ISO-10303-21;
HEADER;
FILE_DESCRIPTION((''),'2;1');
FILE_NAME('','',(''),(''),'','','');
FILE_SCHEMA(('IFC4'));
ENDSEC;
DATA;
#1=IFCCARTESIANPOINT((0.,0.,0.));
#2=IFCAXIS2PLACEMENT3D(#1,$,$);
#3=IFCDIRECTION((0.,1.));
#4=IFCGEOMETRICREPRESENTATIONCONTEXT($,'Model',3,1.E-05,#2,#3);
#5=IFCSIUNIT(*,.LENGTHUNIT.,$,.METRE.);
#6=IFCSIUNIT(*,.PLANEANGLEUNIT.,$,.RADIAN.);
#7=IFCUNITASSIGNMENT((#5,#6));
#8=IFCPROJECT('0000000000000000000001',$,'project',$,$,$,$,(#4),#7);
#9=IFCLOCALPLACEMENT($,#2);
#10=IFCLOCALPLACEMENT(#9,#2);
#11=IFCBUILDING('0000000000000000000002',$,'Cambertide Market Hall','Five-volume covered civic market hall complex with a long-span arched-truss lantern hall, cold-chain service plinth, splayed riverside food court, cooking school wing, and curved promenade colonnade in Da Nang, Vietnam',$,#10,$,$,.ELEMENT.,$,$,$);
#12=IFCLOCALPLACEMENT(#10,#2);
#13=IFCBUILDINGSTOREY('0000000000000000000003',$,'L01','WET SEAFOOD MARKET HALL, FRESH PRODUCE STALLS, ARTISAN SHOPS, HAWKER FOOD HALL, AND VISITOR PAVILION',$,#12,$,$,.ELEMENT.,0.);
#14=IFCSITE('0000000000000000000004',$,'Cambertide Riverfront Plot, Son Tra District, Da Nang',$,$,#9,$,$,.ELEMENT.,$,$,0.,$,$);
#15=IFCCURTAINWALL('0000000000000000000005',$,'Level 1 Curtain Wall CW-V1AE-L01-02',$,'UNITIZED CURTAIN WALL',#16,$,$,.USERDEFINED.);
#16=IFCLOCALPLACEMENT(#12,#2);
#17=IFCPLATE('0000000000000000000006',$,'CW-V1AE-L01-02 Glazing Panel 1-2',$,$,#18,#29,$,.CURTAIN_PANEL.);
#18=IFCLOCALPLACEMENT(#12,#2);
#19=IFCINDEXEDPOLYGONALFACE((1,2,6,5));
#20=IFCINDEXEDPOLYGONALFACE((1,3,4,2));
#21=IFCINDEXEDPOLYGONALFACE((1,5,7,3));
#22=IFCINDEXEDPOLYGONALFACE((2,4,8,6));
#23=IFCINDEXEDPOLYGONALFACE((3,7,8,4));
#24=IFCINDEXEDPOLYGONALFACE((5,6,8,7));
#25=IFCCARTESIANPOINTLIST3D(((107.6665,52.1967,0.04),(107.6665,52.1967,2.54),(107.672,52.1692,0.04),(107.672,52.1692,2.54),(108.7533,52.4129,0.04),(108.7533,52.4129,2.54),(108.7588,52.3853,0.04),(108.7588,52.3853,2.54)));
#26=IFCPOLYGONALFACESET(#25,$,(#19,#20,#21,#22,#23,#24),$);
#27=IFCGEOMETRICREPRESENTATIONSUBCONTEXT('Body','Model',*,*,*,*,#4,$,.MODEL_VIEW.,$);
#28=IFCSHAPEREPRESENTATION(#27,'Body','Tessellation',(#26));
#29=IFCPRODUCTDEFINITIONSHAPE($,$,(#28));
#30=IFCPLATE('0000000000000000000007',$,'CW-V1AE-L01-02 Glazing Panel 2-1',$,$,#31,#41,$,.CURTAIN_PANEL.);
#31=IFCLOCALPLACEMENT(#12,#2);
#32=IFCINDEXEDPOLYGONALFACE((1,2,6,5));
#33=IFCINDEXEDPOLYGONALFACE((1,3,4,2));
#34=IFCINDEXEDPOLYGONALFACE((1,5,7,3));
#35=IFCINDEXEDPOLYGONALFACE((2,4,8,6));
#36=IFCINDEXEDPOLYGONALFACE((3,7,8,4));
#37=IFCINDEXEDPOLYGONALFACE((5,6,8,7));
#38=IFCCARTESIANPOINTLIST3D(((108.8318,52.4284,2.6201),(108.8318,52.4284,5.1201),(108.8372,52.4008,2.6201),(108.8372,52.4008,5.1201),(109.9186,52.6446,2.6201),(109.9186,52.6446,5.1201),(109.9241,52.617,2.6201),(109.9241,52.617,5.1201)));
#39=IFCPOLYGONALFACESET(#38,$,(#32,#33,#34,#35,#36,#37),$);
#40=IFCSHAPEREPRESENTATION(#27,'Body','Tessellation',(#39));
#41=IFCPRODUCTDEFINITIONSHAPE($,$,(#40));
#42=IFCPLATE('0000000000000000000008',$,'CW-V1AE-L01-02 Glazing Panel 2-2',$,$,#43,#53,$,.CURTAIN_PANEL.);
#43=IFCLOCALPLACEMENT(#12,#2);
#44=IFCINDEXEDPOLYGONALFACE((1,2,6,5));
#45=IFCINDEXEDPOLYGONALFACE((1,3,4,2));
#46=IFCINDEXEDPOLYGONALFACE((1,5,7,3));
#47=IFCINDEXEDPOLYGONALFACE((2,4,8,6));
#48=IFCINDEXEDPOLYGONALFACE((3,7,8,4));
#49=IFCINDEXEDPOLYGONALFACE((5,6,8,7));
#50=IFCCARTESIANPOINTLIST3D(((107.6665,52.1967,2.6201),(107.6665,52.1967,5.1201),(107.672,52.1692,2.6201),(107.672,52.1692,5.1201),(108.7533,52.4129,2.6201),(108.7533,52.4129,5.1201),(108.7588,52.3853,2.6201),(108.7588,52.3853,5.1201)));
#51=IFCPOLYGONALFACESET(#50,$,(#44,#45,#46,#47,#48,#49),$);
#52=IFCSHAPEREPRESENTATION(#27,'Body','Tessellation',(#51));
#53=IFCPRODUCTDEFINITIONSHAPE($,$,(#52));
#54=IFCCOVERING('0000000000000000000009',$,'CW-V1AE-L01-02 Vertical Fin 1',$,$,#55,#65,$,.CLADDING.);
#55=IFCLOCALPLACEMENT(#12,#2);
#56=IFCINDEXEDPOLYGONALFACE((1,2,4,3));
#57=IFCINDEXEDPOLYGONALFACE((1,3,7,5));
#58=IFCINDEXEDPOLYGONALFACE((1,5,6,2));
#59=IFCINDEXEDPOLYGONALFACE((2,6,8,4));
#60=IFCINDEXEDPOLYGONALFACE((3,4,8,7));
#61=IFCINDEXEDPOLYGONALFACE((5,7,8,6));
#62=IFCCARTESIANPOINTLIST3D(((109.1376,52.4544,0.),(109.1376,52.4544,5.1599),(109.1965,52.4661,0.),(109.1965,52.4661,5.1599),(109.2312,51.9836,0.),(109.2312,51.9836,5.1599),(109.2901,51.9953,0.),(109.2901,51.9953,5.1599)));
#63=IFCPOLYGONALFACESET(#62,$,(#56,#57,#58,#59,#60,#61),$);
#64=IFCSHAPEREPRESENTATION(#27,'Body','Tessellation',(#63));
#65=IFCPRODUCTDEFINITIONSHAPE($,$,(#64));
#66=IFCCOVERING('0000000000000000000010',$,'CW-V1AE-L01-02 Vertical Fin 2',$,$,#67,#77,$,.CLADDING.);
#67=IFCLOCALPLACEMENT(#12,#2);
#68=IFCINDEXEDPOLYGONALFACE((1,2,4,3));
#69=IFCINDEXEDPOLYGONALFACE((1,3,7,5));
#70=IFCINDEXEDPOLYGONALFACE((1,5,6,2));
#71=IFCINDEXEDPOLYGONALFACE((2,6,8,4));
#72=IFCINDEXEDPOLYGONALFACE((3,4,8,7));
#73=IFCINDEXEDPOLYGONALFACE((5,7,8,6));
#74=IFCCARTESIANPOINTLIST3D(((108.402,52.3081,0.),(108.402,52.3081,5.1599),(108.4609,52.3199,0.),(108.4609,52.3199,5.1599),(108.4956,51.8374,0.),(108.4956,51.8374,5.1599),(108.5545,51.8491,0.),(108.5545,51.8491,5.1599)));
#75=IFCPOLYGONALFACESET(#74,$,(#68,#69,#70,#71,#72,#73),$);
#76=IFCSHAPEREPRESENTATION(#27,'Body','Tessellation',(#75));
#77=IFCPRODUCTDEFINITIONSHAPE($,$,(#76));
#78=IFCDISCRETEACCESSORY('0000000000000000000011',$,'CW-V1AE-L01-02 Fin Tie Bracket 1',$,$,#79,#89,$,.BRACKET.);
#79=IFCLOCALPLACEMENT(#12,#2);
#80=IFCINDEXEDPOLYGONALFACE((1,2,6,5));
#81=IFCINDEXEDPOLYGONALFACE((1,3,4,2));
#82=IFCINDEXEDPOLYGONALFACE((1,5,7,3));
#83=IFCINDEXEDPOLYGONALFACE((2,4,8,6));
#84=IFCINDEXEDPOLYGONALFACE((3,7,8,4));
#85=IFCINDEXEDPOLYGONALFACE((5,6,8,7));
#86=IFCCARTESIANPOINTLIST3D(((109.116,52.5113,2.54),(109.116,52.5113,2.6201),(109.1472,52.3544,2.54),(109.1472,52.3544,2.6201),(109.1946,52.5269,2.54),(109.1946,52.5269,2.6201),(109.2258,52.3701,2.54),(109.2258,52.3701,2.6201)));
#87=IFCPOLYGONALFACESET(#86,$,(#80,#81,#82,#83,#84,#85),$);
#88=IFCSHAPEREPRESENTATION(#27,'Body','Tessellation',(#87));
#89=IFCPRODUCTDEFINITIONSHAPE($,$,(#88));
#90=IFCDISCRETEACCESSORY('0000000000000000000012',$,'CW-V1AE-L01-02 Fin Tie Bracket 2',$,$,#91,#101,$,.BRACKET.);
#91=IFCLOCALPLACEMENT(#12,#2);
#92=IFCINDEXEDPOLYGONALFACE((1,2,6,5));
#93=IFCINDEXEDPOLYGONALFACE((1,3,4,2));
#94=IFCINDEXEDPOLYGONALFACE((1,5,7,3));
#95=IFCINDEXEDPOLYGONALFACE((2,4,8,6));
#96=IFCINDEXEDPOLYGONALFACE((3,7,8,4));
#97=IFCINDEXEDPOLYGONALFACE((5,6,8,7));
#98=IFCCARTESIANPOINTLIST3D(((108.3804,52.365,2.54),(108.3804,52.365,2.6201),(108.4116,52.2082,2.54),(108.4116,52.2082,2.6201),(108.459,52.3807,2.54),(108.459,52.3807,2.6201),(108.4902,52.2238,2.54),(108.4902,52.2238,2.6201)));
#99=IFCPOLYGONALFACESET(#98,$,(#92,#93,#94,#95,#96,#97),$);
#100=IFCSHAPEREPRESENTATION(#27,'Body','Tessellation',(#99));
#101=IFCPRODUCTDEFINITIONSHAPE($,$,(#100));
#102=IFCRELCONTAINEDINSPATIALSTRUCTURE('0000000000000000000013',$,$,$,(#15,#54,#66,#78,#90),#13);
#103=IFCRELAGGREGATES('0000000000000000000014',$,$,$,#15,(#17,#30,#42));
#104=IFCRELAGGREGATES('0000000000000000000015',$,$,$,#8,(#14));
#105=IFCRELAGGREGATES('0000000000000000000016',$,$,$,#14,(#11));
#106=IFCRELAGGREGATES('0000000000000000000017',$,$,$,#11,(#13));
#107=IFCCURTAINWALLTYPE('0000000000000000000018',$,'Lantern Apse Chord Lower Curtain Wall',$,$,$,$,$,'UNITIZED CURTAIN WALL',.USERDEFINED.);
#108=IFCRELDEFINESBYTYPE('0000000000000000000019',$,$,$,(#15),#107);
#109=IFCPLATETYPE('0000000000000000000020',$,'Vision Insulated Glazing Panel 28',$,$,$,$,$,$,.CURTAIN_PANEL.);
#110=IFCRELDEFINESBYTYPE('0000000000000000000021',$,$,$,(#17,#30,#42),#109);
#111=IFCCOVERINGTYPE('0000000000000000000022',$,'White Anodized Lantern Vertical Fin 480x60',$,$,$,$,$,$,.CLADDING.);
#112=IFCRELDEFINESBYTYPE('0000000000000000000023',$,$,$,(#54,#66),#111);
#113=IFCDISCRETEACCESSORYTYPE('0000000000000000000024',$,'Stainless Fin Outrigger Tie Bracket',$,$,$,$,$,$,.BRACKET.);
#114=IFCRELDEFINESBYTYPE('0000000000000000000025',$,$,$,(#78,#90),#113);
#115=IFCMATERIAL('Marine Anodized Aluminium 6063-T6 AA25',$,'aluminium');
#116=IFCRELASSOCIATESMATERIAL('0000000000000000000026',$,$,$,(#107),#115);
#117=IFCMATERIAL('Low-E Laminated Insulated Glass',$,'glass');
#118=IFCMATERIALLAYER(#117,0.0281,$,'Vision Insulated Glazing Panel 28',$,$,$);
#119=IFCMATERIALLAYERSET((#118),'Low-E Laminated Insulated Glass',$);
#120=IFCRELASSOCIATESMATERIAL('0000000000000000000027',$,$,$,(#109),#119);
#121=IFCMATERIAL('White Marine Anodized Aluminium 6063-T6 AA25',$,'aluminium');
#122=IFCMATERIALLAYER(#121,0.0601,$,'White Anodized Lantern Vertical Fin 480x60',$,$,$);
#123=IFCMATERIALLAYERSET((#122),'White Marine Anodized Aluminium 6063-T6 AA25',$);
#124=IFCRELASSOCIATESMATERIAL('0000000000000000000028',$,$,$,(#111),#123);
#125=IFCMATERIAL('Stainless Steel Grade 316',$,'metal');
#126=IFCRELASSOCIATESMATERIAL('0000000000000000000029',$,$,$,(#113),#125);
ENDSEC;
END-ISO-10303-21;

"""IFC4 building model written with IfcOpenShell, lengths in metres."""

from ifc_helpers import new_model, si_unit, direction, frame, origin, origin_2d, place, context, subcontext, project, spatial, rectangle, extrude, material, layer, layer_set, type_object, element, aggregate, save


model = new_model("IFC4")

# Units and contexts
model_context = context("Model", 3, precision=1e-05, world=origin(), true_north=direction((0.0, 1.0)))
body_context = subcontext(model_context, "Body", "Model", "MODEL_VIEW")
ifc_project = project(units=[si_unit("LENGTHUNIT", "METRE"), si_unit("PLANEANGLEUNIT", "RADIAN")], contexts=[model_context])

# Site, building, storey
site_placement = place(None, origin())
site = spatial("IfcSite", under=ifc_project, at=site_placement, Name="Cambertide Riverfront Plot, Son Tra District, Da Nang", CompositionType="ELEMENT", RefElevation=0.0)
building_placement = place(site_placement, origin())
building = spatial("IfcBuilding", under=site, at=building_placement, Name="Cambertide Market Hall", Description="Five-volume covered civic market hall complex with a long-span arched-truss lantern hall, cold-chain service plinth, splayed riverside food court, cooking school wing, and curved promenade colonnade in Da Nang, Vietnam", CompositionType="ELEMENT")
storey_placement = place(building_placement, origin())
storey = spatial("IfcBuildingStorey", under=building, at=storey_placement, Name="L01", Description="WET SEAFOOD MARKET HALL, FRESH PRODUCE STALLS, ARTISAN SHOPS, HAWKER FOOD HALL, AND VISITOR PAVILION", CompositionType="ELEMENT", Elevation=0.0)

# Shared definitions
ifc_material_1 = material(Name="Marine Anodized Aluminium 6063-T6 AA25", Category="aluminium")
curtain_wall_type = type_object("IfcCurtainWallType", Name="Lantern Apse Chord Lower Curtain Wall", ElementType="UNITIZED CURTAIN WALL", PredefinedType="USERDEFINED", material=ifc_material_1)

# Curtain wall
curtain_wall_1_placement = place(storey_placement, origin())
curtain_wall_1 = element("IfcCurtainWall", 1, at=curtain_wall_1_placement, inside=storey, type_object=curtain_wall_type, Name="Level 1 Curtain Wall CW-V1AE-L01-02", ObjectType="UNITIZED CURTAIN WALL", PredefinedType="USERDEFINED")

# Plates
ifc_material_2 = material(Name="Low-E Laminated Insulated Glass", Category="glass")
ifc_layer_1 = layer(ifc_material_2, 0.0281, Name="Vision Insulated Glazing Panel 28")
ifc_layer_set_1 = layer_set([ifc_layer_1], Name="Low-E Laminated Insulated Glass")
plate_type = type_object("IfcPlateType", Name="Vision Insulated Glazing Panel 28", PredefinedType="CURTAIN_PANEL", material=ifc_layer_set_1)
plate_1_placement = place(storey_placement, frame((108.2126, 52.291, 0.04), z_axis=(0.0, 0.0, 1.0), x_axis=(-0.980785, -0.19509, 0.0)))
plate_1 = element("IfcPlate", 2, at=plate_1_placement, type_object=plate_type, Name="CW-V1AE-L01-02 Glazing Panel 1-2", PredefinedType="CURTAIN_PANEL", context=body_context, shape_type="SweptSolid", body=[
    extrude(rectangle(XDim=1.1082, YDim=0.0281, at=origin_2d()), origin(), (0.0, 0.0, 1.0), 2.5),
])
plate_2_placement = place(storey_placement, frame((109.3779, 52.5227, 2.6201), z_axis=(0.0, 0.0, 1.0), x_axis=(-0.980785, -0.19509, 0.0)))
plate_2 = element("IfcPlate", 3, at=plate_2_placement, type_object=plate_type, Name="CW-V1AE-L01-02 Glazing Panel 2-1", PredefinedType="CURTAIN_PANEL", context=body_context, shape_type="SweptSolid", body=[
    extrude(rectangle(XDim=1.1082, YDim=0.0281, at=origin_2d()), origin(), (0.0, 0.0, 1.0), 2.5),
])
plate_3_placement = place(storey_placement, frame((108.2126, 52.291, 2.6201), z_axis=(0.0, 0.0, 1.0), x_axis=(-0.980785, -0.19509, 0.0)))
plate_3 = element("IfcPlate", 4, at=plate_3_placement, type_object=plate_type, Name="CW-V1AE-L01-02 Glazing Panel 2-2", PredefinedType="CURTAIN_PANEL", context=body_context, shape_type="SweptSolid", body=[
    extrude(rectangle(XDim=1.1082, YDim=0.0281, at=origin_2d()), origin(), (0.0, 0.0, 1.0), 2.5),
])
aggregate(curtain_wall_1, [plate_1, plate_2, plate_3])

# Coverings
ifc_material_3 = material(Name="White Marine Anodized Aluminium 6063-T6 AA25", Category="aluminium")
ifc_layer_2 = layer(ifc_material_3, 0.0601, Name="White Anodized Lantern Vertical Fin 480x60")
ifc_layer_set_2 = layer_set([ifc_layer_2], Name="White Marine Anodized Aluminium 6063-T6 AA25")
covering_type = type_object("IfcCoveringType", Name="White Anodized Lantern Vertical Fin 480x60", PredefinedType="CLADDING", material=ifc_layer_set_2)
for number, where, z_axis, x_axis, name in (
    (5, (109.2139, 52.2249, 0.0), (0.0, 0.0, 1.0), (-0.980785, -0.19509, 0.0), "CW-V1AE-L01-02 Vertical Fin 1"),
    (6, (108.4783, 52.0786, 0.0), (0.0, 0.0, 1.0), (-0.980785, -0.19509, 0.0), "CW-V1AE-L01-02 Vertical Fin 2"),
):
    element("IfcCovering", number, at=place(storey_placement, frame(where, z_axis=z_axis, x_axis=x_axis)), inside=storey, type_object=covering_type, Name=name, PredefinedType="CLADDING", context=body_context, shape_type="SweptSolid", body=[
        extrude(rectangle(XDim=0.0601, YDim=0.48, at=origin_2d()), origin(), (0.0, 0.0, 1.0), 5.1599),
    ])

# Discrete accessories
ifc_material_4 = material(Name="Stainless Steel Grade 316", Category="metal")
discrete_accessory_type = type_object("IfcDiscreteAccessoryType", Name="Stainless Fin Outrigger Tie Bracket", PredefinedType="BRACKET", material=ifc_material_4)
for number, where, z_axis, x_axis, name in (
    (7, (109.1709, 52.4407, 2.54), (0.0, 0.0, 1.0), (-0.980785, -0.19509, 0.0), "CW-V1AE-L01-02 Fin Tie Bracket 1"),
    (8, (108.4353, 52.2944, 2.54), (0.0, 0.0, 1.0), (-0.980785, -0.19509, 0.0), "CW-V1AE-L01-02 Fin Tie Bracket 2"),
):
    element("IfcDiscreteAccessory", number, at=place(storey_placement, frame(where, z_axis=z_axis, x_axis=x_axis)), inside=storey, type_object=discrete_accessory_type, Name=name, PredefinedType="BRACKET", context=body_context, shape_type="SweptSolid", body=[
        extrude(rectangle(XDim=0.0801, YDim=0.1599, at=origin_2d()), origin(), (0.0, 0.0, 1.0), 0.0801),
    ])

save(model, "model.ifc")
